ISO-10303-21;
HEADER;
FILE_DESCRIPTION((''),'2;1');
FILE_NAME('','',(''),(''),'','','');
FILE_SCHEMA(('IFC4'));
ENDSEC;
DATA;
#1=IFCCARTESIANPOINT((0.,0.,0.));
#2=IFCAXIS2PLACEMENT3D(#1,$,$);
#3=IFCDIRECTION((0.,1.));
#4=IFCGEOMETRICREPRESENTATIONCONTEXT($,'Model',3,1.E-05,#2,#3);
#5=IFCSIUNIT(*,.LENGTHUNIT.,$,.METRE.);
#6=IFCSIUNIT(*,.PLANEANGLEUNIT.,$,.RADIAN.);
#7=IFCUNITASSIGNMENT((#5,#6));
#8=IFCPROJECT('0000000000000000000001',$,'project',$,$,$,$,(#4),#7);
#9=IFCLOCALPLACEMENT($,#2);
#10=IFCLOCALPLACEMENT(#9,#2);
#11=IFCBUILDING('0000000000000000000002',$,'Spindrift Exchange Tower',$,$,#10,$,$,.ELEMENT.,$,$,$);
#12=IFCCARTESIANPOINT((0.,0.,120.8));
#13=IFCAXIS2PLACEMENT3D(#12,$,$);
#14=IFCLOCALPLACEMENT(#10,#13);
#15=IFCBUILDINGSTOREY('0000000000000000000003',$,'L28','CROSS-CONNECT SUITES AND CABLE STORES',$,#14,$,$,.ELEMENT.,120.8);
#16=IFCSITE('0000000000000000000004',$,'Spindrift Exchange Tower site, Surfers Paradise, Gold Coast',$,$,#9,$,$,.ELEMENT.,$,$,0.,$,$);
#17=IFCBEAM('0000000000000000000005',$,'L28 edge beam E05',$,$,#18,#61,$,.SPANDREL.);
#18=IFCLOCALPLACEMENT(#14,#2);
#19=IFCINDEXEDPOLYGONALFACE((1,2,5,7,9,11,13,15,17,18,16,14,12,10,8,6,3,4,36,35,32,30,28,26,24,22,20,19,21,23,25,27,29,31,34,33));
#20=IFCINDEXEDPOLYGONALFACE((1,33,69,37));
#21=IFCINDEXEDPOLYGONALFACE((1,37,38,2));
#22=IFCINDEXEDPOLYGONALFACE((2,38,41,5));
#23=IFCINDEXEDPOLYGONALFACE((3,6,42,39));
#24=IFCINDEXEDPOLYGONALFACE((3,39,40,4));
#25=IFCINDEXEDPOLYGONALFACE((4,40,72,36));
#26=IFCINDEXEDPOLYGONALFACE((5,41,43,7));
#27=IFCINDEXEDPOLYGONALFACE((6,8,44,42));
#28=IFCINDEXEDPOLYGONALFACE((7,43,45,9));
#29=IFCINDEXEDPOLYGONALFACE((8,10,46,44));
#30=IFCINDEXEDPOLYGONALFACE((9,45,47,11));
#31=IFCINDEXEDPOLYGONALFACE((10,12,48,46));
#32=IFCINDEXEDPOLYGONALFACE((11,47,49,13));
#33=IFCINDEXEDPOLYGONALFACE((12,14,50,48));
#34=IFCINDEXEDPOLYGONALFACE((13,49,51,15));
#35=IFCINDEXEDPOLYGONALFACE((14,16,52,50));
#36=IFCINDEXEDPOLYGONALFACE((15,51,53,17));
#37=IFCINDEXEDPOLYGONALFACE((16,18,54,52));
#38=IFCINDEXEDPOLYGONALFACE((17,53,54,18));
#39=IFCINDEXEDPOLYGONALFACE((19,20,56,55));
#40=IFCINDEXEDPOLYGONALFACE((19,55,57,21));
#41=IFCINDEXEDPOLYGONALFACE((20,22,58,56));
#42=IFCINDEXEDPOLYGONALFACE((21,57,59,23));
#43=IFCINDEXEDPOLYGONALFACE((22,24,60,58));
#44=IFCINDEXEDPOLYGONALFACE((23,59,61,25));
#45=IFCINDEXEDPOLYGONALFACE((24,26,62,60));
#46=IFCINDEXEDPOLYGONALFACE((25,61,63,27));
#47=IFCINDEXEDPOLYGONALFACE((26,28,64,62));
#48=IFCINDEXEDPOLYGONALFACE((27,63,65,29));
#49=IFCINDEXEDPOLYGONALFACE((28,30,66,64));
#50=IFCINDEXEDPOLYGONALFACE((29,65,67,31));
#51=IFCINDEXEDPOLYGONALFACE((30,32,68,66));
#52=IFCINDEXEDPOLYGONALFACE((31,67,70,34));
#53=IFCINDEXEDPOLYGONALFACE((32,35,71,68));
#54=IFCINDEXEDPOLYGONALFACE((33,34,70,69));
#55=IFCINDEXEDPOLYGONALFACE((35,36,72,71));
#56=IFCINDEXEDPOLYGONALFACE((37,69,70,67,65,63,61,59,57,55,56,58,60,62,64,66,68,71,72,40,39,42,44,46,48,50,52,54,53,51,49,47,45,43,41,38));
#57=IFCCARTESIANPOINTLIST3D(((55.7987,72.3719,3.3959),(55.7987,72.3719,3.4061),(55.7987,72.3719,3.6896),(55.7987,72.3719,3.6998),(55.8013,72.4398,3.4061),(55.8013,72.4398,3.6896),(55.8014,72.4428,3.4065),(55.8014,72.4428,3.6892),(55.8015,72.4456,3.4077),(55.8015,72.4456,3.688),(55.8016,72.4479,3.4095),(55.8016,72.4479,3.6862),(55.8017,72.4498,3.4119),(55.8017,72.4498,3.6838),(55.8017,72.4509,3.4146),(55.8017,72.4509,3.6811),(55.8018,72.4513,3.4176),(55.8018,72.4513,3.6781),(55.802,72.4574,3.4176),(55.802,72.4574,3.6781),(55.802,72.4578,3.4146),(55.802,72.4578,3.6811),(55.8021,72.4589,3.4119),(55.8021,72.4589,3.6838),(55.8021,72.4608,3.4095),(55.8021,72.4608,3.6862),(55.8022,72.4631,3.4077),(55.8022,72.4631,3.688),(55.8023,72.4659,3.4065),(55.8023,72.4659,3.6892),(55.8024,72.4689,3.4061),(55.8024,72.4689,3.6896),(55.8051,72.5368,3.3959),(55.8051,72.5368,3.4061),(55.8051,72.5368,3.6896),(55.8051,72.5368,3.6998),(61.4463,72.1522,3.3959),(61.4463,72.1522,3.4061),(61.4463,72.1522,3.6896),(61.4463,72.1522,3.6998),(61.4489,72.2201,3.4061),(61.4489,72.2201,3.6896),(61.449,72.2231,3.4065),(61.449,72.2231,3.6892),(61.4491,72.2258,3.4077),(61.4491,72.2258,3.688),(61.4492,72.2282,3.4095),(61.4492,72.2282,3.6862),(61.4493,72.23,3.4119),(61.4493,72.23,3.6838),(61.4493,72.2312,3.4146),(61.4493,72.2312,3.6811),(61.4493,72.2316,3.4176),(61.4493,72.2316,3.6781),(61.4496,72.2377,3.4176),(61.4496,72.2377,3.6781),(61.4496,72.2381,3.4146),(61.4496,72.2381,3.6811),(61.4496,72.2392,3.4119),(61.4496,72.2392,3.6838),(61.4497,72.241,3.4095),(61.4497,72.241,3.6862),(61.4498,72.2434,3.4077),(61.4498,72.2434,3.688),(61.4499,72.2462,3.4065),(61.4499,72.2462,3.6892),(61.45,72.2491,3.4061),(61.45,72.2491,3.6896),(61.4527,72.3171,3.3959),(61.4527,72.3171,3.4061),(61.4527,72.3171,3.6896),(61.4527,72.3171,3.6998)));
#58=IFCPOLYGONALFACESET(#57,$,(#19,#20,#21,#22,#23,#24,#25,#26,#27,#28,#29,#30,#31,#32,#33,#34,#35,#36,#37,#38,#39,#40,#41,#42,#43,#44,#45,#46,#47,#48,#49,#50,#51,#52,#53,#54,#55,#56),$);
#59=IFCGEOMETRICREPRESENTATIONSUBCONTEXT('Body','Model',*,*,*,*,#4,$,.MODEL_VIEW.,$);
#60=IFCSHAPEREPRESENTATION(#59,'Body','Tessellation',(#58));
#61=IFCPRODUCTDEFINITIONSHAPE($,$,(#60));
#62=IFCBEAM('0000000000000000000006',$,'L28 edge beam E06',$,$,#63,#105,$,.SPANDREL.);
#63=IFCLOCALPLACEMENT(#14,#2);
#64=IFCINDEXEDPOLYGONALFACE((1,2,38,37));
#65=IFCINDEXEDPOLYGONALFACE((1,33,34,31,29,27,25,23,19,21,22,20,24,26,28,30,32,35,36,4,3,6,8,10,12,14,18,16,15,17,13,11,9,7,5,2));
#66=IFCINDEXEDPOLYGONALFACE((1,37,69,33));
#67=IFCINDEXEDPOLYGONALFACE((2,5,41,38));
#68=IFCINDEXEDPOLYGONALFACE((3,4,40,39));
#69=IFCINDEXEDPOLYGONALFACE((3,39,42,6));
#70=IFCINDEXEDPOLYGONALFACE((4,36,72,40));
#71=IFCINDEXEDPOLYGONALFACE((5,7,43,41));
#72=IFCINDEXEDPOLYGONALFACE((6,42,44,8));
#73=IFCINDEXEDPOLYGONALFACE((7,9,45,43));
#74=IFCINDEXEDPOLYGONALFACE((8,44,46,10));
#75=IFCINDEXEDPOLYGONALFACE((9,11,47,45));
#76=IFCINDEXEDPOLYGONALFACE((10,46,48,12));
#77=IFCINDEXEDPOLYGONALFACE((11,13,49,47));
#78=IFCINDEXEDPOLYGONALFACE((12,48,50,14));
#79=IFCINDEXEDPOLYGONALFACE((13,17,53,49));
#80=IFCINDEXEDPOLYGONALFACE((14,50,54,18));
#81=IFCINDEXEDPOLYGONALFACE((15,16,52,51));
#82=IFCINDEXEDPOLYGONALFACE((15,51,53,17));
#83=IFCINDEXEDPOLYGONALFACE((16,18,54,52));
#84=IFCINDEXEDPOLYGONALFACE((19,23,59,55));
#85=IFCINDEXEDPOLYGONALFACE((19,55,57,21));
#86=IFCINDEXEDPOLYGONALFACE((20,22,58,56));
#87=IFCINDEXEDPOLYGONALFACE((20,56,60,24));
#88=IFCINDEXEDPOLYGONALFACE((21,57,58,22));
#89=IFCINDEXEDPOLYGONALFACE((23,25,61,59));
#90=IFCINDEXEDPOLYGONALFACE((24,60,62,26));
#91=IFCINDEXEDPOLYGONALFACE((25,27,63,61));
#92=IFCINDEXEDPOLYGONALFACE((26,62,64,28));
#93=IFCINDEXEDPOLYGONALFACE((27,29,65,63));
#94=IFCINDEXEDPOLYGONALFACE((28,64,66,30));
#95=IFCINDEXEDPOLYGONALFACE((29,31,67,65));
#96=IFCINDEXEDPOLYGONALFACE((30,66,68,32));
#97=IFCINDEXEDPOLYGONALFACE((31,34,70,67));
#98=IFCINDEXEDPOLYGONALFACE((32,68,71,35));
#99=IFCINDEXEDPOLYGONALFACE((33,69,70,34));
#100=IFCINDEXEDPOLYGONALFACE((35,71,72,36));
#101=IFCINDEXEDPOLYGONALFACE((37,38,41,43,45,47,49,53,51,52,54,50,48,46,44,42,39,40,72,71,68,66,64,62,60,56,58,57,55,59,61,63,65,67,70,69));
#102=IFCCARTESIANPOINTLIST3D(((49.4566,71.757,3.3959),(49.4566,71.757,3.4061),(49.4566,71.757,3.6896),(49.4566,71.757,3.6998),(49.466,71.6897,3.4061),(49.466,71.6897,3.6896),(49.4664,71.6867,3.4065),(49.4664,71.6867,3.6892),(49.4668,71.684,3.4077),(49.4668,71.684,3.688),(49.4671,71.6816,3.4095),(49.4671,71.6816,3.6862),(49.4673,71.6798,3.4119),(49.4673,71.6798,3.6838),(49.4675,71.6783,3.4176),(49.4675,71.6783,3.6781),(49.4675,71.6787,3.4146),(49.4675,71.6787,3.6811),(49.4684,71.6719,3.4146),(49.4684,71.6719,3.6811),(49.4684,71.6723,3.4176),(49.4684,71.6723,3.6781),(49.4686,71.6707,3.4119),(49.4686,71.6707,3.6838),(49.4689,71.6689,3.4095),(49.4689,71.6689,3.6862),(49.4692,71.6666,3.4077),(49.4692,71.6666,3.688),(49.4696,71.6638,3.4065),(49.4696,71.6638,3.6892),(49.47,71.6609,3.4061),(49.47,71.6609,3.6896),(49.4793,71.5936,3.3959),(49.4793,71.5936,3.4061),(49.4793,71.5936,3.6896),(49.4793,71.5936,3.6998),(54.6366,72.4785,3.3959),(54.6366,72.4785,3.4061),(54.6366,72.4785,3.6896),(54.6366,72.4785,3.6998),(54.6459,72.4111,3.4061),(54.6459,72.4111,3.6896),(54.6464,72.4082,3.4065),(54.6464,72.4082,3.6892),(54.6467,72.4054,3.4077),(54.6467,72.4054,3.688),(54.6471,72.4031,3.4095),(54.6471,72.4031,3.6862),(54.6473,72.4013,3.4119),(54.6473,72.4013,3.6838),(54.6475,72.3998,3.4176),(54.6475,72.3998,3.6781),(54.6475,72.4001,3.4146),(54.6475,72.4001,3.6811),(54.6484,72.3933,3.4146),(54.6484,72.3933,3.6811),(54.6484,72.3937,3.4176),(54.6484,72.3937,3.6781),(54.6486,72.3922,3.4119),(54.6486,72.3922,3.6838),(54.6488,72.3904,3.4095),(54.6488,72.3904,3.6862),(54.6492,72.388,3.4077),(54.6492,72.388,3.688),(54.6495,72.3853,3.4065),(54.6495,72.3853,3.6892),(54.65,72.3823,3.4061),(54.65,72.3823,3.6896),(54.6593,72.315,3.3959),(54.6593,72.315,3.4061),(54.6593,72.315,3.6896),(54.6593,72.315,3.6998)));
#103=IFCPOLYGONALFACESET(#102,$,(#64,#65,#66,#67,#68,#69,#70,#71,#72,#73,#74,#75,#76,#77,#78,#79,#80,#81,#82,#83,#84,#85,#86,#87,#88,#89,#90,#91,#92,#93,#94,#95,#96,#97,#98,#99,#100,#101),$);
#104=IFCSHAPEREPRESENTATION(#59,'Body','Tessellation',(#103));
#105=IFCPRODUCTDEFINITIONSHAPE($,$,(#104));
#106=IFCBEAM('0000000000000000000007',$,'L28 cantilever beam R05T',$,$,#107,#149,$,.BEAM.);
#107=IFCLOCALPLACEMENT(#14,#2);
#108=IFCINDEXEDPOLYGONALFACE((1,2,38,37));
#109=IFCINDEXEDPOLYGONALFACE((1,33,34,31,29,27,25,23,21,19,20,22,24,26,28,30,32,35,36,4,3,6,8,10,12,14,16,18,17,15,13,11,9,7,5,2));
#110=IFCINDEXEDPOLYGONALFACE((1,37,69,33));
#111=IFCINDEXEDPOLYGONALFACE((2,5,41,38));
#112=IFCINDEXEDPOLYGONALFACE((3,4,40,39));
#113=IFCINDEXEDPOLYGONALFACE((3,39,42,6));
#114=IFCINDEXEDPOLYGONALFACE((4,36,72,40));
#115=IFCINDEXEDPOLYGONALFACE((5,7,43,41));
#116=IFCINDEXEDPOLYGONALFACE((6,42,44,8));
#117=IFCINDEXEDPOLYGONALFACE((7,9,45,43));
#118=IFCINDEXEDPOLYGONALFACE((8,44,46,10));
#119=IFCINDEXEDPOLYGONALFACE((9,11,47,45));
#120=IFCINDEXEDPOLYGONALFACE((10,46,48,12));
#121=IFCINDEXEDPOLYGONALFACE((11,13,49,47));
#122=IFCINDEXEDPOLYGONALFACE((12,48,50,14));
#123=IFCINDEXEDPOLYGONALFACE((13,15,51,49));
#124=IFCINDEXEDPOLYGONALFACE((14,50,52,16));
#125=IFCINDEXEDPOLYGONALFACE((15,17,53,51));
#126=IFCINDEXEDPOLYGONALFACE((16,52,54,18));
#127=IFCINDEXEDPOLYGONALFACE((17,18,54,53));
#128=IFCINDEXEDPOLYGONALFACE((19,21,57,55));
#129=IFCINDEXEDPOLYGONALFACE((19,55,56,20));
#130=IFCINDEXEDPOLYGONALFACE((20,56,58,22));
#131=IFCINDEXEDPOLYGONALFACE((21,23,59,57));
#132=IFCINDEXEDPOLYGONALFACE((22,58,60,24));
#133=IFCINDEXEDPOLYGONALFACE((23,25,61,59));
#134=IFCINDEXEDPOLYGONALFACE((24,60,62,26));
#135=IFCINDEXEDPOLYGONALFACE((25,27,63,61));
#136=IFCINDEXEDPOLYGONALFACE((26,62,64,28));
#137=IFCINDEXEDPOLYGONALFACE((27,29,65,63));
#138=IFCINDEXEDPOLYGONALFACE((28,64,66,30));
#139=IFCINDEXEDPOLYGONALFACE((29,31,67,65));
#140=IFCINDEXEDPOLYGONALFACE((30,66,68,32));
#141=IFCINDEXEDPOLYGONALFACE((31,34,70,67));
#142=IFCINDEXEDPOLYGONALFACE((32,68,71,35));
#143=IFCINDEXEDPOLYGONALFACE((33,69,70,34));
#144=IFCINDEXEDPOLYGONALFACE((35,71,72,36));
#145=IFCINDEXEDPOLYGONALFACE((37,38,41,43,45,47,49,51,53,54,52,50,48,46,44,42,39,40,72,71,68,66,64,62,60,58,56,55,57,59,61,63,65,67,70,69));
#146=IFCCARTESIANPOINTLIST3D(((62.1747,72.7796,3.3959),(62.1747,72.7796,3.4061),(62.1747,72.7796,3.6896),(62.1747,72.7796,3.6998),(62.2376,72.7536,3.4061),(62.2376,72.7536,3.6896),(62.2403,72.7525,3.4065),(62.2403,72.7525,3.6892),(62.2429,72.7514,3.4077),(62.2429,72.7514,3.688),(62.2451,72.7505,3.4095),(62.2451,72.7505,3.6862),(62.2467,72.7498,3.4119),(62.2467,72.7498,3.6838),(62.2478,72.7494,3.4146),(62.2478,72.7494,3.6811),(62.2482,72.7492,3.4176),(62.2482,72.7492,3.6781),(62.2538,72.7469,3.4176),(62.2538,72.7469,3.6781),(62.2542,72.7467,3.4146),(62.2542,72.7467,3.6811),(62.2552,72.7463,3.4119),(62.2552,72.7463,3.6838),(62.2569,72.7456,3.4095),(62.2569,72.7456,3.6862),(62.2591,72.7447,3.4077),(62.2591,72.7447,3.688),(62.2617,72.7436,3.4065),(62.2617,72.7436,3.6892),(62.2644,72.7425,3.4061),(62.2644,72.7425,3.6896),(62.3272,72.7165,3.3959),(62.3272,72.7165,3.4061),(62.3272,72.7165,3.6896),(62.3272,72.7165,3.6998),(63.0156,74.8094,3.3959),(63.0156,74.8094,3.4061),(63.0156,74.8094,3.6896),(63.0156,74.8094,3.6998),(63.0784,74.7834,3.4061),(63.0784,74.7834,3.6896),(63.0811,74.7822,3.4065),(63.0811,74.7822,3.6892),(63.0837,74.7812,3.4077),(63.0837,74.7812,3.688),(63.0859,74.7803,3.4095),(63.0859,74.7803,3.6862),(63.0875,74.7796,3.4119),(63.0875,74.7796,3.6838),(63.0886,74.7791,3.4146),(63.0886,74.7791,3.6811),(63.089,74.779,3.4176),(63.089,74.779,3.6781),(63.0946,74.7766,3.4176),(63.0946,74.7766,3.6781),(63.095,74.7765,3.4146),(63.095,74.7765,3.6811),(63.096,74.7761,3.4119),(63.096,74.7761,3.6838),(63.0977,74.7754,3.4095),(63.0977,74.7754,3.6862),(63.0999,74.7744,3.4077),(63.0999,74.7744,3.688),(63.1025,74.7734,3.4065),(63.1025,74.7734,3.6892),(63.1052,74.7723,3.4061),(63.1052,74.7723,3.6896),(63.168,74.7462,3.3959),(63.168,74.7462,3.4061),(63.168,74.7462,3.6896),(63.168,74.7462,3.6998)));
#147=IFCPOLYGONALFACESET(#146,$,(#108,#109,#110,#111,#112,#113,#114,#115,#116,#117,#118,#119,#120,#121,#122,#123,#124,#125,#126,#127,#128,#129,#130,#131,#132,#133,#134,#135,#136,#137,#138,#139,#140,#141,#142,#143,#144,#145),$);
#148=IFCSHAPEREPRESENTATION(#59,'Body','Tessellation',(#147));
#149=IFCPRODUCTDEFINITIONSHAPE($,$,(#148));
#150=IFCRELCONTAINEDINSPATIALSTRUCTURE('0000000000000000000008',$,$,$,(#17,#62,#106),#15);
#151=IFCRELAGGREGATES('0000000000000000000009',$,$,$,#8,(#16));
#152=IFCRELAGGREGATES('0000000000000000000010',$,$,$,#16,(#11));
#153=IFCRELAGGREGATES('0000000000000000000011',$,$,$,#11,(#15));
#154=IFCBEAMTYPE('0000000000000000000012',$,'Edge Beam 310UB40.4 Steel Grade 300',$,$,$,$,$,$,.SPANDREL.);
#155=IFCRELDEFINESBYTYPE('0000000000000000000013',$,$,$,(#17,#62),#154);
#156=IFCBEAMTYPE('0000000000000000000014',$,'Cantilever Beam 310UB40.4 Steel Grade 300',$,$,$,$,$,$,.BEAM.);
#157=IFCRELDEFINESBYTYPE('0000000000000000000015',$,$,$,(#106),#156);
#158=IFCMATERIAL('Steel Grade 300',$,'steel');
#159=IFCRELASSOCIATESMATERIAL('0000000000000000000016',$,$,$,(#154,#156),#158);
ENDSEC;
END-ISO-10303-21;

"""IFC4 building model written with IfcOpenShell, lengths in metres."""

from ifc_helpers import new_model, si_unit, direction, frame, origin, origin_2d, place, context, subcontext, project, spatial, i_section, extrude, source, transform, mapped, material, material_profile, profile_set, type_object, element, save


model = new_model("IFC4")

# Units and contexts
model_context = context("Model", 3, precision=1e-05, world=origin(), true_north=direction((0.0, 1.0)))
body_context = subcontext(model_context, "Body", "Model", "MODEL_VIEW")
ifc_project = project(units=[si_unit("LENGTHUNIT", "METRE"), si_unit("PLANEANGLEUNIT", "RADIAN")], contexts=[model_context])

# Site, building, storey
site_placement = place(None, origin())
site = spatial("IfcSite", under=ifc_project, at=site_placement, Name="Spindrift Exchange Tower site, Surfers Paradise, Gold Coast", CompositionType="ELEMENT", RefElevation=0.0)
building_placement = place(site_placement, origin())
building = spatial("IfcBuilding", under=site, at=building_placement, Name="Spindrift Exchange Tower", CompositionType="ELEMENT")
storey_placement = place(building_placement, frame((0.0, 0.0, 120.8)))
storey = spatial("IfcBuildingStorey", under=building, at=storey_placement, Name="L28", Description="CROSS-CONNECT SUITES AND CABLE STORES", CompositionType="ELEMENT", Elevation=120.8)

# Beams
ifc_material_1 = material(Name="Steel Grade 300", Category="steel")
ifc_material_profile_1 = material_profile(ifc_material_1, i_section(OverallWidth=0.165, OverallDepth=0.304, WebThickness=0.0061, FlangeThickness=0.0103, FilletRadius=0.0115, at=origin_2d()), Name="310UB40.4")
ifc_profile_set_1 = profile_set([ifc_material_profile_1], Name="Steel Grade 300")
beam_type_1 = type_object("IfcBeamType", Name="Edge Beam 310UB40.4 Steel Grade 300", PredefinedType="SPANDREL", material=ifc_profile_set_1)
shared_shape_1 = source(origin(), body_context, "Body", "SweptSolid", [
    extrude(i_section(OverallWidth=0.165, OverallDepth=0.304, WebThickness=0.0061, FlangeThickness=0.0103, FilletRadius=0.0115, at=origin_2d()), origin(), (0.0, 0.0, 1.0), 5.6519),
])
beam_1_placement = place(storey_placement, frame((61.4495, 72.2346, 3.5479), z_axis=(-0.999244, 0.038878, 0.0), x_axis=(-0.038878, -0.999244, 0.0)))
element("IfcBeam", 1, at=beam_1_placement, inside=storey, type_object=beam_type_1, Name="L28 edge beam E05", PredefinedType="SPANDREL", context=body_context, shape_type="MappedRepresentation", body=[
    mapped(shared_shape_1, transform((0.0, 0.0, 0.0), scale=1.0)),
])
shared_shape_2 = source(origin(), body_context, "Body", "SweptSolid", [
    extrude(i_section(OverallWidth=0.165, OverallDepth=0.304, WebThickness=0.0061, FlangeThickness=0.0103, FilletRadius=0.0115, at=origin_2d()), origin(), (0.0, 0.0, 1.0), 5.23),
])
beam_2_placement = place(storey_placement, frame((54.6479, 72.3967, 3.5479), z_axis=(-0.99044, -0.137944, 0.0), x_axis=(0.137944, -0.99044, 0.0)))
element("IfcBeam", 2, at=beam_2_placement, inside=storey, type_object=beam_type_1, Name="L28 edge beam E06", PredefinedType="SPANDREL", context=body_context, shape_type="MappedRepresentation", body=[
    mapped(shared_shape_2, transform((0.0, 0.0, 0.0), scale=1.0)),
])
ifc_material_profile_2 = material_profile(ifc_material_1, i_section(OverallWidth=0.165, OverallDepth=0.304, WebThickness=0.0061, FlangeThickness=0.0103, FilletRadius=0.0115, at=origin_2d()), Name="310UB40.4")
ifc_profile_set_2 = profile_set([ifc_material_profile_2], Name="Steel Grade 300")
beam_type_2 = type_object("IfcBeamType", Name="Cantilever Beam 310UB40.4 Steel Grade 300", PredefinedType="BEAM", material=ifc_profile_set_2)
shared_shape_3 = source(origin(), body_context, "Body", "SweptSolid", [
    extrude(i_section(OverallWidth=0.165, OverallDepth=0.304, WebThickness=0.0061, FlangeThickness=0.0103, FilletRadius=0.0115, at=origin_2d()), origin(), (0.0, 0.0, 1.0), 2.197),
])
beam_3_placement = place(storey_placement, frame((62.251, 72.748, 3.5479), z_axis=(0.382705, 0.923871, 0.0), x_axis=(-0.923871, 0.382705, 0.0)))
element("IfcBeam", 3, at=beam_3_placement, inside=storey, type_object=beam_type_2, Name="L28 cantilever beam R05T", PredefinedType="BEAM", context=body_context, shape_type="MappedRepresentation", body=[
    mapped(shared_shape_3, transform((0.0, 0.0, 0.0), scale=1.0)),
])

save(model, "model.ifc")
